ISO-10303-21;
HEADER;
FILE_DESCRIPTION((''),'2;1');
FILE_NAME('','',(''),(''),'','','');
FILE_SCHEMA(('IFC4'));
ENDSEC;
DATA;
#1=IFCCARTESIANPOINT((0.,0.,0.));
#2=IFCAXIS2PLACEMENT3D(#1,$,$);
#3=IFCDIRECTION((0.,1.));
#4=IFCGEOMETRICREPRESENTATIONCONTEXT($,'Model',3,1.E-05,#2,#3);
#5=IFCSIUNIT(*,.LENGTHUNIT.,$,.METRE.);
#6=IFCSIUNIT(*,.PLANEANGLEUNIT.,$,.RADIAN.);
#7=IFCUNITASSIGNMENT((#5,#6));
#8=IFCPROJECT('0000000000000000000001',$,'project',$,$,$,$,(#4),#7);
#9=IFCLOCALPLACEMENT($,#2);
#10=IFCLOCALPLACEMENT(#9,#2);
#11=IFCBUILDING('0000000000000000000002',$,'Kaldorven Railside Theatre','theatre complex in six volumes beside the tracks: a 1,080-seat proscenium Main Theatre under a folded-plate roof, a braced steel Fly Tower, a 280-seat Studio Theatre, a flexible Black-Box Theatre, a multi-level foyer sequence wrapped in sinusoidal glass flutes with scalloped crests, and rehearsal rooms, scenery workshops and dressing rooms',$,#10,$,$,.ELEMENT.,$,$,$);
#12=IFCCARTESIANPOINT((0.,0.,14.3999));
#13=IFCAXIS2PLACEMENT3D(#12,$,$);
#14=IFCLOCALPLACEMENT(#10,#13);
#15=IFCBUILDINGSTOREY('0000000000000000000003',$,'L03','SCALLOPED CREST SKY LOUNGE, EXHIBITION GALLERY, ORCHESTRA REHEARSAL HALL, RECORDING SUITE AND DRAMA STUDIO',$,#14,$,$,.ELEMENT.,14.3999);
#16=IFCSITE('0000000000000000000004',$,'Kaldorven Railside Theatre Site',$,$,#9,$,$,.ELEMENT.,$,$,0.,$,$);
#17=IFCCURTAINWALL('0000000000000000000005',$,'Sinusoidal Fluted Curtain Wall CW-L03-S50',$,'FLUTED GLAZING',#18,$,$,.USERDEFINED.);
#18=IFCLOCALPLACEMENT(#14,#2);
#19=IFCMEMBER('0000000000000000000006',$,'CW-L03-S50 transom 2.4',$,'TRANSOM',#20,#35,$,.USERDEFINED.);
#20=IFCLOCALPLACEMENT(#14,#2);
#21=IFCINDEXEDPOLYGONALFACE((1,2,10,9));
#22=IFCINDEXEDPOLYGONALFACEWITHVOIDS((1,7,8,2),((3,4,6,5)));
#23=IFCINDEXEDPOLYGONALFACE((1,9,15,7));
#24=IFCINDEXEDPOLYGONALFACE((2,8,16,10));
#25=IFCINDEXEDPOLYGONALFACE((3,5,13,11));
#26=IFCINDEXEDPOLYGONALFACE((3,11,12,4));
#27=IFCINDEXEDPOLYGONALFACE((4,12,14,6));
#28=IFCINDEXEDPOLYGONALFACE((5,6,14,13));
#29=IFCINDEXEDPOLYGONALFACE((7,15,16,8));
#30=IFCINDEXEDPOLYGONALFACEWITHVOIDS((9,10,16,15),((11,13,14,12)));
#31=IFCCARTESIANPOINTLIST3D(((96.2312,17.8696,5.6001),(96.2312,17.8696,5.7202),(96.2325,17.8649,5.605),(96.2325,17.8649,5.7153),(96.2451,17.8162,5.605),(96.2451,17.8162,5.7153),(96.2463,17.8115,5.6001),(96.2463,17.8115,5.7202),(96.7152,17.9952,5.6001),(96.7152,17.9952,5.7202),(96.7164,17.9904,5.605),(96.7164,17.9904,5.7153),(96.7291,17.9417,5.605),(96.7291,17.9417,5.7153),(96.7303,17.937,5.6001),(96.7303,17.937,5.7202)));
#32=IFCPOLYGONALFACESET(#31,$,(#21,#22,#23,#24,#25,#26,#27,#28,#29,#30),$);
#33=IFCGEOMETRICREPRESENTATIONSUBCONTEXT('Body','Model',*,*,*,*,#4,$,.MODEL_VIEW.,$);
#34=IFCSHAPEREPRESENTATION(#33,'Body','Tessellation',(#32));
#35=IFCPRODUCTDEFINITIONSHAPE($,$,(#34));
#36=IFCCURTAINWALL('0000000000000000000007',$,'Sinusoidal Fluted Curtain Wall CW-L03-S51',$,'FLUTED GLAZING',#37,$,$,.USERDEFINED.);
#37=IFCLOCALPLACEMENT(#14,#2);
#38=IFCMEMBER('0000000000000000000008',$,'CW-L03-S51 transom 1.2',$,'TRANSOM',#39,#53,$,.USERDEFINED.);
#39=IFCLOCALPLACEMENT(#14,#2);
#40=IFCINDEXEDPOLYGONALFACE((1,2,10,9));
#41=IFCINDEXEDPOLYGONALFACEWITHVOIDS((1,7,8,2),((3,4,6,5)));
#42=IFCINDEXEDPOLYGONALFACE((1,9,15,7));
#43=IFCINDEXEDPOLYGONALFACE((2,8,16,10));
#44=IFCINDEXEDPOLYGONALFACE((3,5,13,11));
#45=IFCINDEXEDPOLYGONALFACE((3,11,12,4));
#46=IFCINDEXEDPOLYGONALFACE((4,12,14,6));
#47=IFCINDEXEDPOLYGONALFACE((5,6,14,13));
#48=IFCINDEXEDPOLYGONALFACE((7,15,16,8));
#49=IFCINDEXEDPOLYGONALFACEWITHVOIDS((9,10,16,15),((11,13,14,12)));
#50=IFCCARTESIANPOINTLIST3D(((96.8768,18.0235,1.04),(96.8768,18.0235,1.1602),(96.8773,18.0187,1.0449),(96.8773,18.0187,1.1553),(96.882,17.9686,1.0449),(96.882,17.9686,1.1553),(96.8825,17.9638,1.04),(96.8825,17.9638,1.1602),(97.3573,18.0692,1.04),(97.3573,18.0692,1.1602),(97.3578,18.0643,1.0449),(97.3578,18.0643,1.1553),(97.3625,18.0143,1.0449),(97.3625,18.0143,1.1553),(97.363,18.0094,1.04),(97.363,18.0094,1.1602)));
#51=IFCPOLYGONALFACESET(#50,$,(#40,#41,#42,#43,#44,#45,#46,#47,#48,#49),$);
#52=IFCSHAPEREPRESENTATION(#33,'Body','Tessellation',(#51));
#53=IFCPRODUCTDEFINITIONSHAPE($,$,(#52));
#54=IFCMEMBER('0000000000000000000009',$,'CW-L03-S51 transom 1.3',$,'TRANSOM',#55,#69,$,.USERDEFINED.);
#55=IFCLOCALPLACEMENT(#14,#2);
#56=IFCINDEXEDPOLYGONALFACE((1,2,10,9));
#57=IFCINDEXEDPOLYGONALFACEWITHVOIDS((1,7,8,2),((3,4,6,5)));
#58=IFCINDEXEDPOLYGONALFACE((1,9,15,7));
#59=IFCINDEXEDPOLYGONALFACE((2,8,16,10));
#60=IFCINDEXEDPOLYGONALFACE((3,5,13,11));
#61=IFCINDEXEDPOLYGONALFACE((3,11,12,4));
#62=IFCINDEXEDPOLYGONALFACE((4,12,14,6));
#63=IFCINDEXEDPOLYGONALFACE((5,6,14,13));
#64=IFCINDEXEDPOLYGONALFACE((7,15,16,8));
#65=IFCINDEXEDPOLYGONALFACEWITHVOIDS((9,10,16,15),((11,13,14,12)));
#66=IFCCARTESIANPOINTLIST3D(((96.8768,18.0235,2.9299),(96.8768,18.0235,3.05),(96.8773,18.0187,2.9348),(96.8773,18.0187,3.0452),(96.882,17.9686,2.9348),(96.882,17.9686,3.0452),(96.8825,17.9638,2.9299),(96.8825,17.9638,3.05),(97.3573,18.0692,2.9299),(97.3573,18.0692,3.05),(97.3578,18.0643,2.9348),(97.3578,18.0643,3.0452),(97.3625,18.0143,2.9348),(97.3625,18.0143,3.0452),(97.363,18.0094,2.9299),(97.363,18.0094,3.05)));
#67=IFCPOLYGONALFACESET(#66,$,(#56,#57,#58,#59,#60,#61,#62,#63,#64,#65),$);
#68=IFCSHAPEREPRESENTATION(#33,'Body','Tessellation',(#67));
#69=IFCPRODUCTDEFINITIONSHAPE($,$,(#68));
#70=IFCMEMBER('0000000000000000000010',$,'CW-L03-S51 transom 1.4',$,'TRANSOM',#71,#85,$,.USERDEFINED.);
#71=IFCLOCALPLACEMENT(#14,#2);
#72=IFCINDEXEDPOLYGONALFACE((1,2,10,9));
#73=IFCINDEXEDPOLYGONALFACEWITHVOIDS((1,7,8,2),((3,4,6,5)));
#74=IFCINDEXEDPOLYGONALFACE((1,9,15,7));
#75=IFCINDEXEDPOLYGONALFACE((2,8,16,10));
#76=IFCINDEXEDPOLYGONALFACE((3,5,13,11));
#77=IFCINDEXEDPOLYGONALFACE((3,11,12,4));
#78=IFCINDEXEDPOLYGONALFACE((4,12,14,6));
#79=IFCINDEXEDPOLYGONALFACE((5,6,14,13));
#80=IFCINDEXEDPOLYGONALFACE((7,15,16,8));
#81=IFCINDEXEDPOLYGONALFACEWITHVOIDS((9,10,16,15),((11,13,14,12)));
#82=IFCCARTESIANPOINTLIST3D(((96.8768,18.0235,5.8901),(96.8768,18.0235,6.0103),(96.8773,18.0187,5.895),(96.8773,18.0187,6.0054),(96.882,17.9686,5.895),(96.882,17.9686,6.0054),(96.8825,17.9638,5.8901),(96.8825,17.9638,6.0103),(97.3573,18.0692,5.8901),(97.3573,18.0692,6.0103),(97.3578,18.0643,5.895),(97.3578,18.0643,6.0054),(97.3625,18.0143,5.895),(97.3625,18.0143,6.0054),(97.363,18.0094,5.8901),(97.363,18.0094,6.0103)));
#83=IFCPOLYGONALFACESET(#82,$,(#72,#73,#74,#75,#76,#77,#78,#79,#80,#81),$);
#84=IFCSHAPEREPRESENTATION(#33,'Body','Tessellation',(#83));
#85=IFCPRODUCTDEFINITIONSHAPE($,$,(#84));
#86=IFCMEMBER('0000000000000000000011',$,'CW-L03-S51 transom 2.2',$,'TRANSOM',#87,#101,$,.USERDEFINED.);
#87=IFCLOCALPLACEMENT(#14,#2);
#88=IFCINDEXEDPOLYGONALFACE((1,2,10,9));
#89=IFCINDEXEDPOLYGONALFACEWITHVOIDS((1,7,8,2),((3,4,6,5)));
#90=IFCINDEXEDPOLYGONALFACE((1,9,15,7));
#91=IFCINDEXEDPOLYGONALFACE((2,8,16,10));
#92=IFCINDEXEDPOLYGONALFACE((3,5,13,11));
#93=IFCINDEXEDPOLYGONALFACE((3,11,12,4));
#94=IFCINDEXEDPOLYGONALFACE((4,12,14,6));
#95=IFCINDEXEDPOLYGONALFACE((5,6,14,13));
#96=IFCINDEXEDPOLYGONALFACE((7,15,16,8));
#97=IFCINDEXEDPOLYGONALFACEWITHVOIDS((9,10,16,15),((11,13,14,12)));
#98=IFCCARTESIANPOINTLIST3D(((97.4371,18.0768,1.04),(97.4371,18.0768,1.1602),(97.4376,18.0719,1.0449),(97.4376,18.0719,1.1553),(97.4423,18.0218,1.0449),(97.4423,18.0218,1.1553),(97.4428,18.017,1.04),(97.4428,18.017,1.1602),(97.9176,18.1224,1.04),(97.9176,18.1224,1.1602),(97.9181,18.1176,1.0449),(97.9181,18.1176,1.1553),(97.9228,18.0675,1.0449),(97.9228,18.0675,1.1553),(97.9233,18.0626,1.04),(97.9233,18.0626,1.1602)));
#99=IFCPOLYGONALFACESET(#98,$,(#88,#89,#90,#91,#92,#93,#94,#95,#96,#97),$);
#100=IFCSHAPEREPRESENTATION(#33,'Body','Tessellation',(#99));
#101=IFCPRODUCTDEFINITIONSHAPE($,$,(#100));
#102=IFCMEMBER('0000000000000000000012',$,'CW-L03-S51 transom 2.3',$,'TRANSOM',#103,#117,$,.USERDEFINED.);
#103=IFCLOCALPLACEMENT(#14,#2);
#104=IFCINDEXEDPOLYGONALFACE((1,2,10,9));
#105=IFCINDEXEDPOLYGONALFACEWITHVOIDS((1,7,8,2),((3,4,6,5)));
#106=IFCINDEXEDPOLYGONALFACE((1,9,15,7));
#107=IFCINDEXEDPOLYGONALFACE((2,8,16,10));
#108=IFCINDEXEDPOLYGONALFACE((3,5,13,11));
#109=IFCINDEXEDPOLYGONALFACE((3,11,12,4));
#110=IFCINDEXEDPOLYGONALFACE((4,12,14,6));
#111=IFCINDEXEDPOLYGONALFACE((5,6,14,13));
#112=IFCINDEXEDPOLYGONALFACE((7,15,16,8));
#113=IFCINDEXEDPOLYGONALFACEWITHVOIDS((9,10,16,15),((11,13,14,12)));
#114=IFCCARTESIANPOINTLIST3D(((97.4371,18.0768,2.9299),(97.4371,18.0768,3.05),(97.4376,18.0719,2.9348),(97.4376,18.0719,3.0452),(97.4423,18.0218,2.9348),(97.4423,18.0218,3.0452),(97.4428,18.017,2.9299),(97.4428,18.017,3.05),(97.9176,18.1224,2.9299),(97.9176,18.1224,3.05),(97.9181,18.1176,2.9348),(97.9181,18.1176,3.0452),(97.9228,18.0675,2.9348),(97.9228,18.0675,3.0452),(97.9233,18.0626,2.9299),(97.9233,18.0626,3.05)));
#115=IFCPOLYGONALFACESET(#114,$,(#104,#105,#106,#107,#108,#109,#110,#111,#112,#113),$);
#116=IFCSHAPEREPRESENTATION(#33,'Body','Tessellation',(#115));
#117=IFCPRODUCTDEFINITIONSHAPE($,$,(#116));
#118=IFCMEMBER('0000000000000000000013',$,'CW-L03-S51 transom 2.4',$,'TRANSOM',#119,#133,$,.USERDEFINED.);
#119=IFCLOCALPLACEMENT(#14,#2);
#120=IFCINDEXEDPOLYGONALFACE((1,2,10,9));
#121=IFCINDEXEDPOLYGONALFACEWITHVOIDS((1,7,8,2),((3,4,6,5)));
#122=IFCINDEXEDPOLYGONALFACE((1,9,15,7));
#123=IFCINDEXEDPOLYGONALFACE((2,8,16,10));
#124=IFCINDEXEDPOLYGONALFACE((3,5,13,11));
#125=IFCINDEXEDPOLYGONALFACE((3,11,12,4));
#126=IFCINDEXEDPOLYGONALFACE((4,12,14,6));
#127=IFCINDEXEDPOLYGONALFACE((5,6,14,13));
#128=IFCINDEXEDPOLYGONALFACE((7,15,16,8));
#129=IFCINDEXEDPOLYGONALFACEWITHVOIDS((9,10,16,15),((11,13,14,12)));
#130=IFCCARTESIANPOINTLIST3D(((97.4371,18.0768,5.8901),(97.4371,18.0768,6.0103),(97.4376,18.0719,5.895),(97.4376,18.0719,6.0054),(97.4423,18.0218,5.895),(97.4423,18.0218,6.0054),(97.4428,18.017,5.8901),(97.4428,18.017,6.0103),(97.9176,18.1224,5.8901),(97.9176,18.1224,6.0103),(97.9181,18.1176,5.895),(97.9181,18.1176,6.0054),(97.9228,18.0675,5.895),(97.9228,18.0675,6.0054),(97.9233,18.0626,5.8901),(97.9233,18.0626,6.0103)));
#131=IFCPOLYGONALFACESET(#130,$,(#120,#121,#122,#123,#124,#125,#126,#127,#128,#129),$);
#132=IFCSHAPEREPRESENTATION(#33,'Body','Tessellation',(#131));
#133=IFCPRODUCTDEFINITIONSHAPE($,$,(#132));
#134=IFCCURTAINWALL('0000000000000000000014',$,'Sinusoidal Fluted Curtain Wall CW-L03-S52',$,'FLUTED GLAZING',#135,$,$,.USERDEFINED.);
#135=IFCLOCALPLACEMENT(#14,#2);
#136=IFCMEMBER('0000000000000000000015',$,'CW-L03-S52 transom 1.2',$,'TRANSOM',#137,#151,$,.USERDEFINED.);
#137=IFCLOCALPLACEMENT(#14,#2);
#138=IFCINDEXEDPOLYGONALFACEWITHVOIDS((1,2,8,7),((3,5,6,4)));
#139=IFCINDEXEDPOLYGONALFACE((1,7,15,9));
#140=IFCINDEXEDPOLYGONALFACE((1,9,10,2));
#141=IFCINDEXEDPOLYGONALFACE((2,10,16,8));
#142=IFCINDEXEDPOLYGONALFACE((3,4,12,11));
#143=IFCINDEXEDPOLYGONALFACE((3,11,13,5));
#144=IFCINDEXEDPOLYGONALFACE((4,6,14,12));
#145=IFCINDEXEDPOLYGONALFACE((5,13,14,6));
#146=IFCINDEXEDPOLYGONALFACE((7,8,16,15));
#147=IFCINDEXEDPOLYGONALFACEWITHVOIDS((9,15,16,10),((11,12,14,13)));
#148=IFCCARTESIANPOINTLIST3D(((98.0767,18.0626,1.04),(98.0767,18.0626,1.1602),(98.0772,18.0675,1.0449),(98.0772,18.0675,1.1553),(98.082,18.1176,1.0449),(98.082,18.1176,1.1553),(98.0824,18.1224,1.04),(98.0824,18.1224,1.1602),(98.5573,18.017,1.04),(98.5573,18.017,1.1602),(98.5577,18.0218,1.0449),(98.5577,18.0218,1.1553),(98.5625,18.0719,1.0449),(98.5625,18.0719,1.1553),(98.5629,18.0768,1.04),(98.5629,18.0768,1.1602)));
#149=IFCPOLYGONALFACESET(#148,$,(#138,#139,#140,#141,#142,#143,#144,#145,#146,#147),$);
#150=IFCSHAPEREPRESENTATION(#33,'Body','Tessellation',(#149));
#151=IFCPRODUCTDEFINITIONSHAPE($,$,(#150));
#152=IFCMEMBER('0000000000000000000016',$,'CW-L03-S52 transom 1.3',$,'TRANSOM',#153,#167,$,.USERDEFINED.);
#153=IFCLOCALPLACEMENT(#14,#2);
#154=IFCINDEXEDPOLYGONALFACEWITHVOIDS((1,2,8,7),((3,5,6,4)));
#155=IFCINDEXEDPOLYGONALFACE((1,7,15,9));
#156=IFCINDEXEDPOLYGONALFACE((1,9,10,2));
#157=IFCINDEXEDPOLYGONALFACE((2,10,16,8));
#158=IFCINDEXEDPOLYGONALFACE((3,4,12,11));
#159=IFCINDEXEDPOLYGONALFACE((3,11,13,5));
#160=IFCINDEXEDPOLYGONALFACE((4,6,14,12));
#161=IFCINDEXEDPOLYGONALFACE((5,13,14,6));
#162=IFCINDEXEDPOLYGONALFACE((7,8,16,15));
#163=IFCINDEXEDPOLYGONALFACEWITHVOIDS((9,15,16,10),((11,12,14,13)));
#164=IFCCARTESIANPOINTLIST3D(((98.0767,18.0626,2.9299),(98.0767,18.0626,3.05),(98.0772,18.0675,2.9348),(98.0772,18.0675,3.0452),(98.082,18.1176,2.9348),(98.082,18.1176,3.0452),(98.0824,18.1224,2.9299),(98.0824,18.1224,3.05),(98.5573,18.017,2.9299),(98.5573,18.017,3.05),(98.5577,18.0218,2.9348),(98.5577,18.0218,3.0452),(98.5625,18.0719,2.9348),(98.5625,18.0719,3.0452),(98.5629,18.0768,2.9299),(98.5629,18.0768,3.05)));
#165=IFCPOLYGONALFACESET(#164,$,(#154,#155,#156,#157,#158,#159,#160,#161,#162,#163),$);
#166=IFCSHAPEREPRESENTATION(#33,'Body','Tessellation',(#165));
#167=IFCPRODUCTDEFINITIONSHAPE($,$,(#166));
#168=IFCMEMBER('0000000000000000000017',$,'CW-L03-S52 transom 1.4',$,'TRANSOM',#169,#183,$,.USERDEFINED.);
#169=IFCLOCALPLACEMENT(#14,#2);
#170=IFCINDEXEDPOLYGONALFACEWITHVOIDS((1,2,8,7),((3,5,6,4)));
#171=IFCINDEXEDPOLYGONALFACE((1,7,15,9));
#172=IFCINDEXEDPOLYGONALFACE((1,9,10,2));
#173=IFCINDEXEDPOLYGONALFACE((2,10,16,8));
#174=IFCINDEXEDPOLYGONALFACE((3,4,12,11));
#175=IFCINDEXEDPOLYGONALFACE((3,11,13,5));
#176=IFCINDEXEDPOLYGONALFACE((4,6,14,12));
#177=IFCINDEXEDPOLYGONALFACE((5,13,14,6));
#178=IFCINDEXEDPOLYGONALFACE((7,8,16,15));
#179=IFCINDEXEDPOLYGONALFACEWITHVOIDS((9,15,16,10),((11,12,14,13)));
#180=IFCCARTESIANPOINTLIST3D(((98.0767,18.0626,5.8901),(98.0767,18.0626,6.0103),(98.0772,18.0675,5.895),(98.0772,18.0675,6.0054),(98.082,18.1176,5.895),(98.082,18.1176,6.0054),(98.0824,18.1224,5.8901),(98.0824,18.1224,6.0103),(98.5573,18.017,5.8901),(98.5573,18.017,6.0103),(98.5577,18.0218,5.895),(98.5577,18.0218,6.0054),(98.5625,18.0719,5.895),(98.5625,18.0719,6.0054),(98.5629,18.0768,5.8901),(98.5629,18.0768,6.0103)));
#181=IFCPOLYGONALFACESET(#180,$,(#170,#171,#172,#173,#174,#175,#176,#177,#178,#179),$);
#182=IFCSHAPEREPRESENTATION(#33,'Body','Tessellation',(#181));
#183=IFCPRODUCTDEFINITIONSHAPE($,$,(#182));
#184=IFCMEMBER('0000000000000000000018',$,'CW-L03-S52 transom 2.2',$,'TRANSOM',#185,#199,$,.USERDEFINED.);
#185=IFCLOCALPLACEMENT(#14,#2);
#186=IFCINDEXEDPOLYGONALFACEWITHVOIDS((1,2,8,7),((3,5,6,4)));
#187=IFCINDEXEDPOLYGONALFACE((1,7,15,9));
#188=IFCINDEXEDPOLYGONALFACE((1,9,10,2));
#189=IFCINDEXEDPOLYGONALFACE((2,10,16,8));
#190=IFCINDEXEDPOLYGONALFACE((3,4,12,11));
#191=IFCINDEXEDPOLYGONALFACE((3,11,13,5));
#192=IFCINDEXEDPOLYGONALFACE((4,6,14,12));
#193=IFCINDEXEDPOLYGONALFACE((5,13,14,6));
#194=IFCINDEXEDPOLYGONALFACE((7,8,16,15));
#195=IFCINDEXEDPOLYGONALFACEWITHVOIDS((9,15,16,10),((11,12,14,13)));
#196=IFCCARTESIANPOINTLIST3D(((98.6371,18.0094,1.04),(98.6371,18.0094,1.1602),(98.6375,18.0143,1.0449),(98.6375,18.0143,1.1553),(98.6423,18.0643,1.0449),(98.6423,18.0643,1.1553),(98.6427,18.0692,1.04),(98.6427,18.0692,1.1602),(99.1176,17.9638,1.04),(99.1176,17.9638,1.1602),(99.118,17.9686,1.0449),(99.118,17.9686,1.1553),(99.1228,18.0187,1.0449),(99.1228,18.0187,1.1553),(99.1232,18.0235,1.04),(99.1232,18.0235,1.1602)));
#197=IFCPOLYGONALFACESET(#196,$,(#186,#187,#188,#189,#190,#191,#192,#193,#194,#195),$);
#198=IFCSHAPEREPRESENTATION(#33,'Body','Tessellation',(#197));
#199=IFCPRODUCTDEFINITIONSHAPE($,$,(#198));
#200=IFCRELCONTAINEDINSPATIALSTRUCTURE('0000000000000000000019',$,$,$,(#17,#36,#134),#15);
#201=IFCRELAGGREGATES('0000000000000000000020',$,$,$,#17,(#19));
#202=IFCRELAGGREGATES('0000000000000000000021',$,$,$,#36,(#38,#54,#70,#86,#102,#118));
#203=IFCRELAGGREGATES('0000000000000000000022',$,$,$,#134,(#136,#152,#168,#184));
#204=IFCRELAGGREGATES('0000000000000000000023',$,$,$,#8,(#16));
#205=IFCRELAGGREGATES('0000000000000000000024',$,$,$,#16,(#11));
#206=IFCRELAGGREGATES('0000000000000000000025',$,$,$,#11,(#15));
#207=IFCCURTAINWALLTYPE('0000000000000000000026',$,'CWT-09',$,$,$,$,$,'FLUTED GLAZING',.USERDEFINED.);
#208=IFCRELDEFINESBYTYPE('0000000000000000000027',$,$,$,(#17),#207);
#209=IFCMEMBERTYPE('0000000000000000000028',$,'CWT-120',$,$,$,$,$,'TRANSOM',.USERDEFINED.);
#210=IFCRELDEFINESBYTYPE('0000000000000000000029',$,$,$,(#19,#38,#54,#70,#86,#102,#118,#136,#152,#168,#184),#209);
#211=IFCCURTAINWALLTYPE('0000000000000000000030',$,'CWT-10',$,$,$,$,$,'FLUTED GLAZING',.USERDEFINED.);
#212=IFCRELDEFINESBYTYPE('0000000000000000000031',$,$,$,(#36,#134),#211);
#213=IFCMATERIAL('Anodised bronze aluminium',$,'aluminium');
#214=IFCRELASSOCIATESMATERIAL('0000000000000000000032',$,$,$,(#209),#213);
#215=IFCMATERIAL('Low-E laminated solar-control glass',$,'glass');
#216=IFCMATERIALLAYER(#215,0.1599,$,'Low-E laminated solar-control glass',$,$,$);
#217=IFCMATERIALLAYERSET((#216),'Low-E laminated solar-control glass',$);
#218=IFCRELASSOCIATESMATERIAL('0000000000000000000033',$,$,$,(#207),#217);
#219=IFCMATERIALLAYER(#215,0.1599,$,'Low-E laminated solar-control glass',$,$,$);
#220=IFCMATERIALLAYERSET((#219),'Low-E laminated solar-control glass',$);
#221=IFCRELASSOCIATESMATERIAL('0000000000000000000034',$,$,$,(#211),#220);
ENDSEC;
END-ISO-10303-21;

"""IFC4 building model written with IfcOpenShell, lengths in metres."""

from ifc_helpers import new_model, si_unit, direction, frame, origin, origin_2d, place, context, subcontext, project, spatial, hollow_rectangle, extrude, material, layer, layer_set, material_profile, profile_set, type_object, element, aggregate, save


model = new_model("IFC4")

# Units and contexts
model_context = context("Model", 3, precision=1e-05, world=origin(), true_north=direction((0.0, 1.0)))
body_context = subcontext(model_context, "Body", "Model", "MODEL_VIEW")
ifc_project = project(units=[si_unit("LENGTHUNIT", "METRE"), si_unit("PLANEANGLEUNIT", "RADIAN")], contexts=[model_context])

# Site, building, storey
site_placement = place(None, origin())
site = spatial("IfcSite", under=ifc_project, at=site_placement, Name="Kaldorven Railside Theatre Site", CompositionType="ELEMENT", RefElevation=0.0)
building_placement = place(site_placement, origin())
building = spatial("IfcBuilding", under=site, at=building_placement, Name="Kaldorven Railside Theatre", Description="theatre complex in six volumes beside the tracks: a 1,080-seat proscenium Main Theatre under a folded-plate roof, a braced steel Fly Tower, a 280-seat Studio Theatre, a flexible Black-Box Theatre, a multi-level foyer sequence wrapped in sinusoidal glass flutes with scalloped crests, and rehearsal rooms, scenery workshops and dressing rooms", CompositionType="ELEMENT")
storey_placement = place(building_placement, frame((0.0, 0.0, 14.3999)))
storey = spatial("IfcBuildingStorey", under=building, at=storey_placement, Name="L03", Description="SCALLOPED CREST SKY LOUNGE, EXHIBITION GALLERY, ORCHESTRA REHEARSAL HALL, RECORDING SUITE AND DRAMA STUDIO", CompositionType="ELEMENT", Elevation=14.3999)

# Curtain walls, members
ifc_material_1 = material(Name="Low-E laminated solar-control glass", Category="glass")
ifc_material_2 = material(Name="Anodised bronze aluminium", Category="aluminium")
ifc_material_profile = material_profile(ifc_material_2, hollow_rectangle(XDim=0.0601, YDim=0.1201, WallThickness=0.0049, at=origin_2d()), Name="RHS 120x60x5")
ifc_profile_set = profile_set([ifc_material_profile], Name="Anodised bronze aluminium")
member_type = type_object("IfcMemberType", Name="CWT-120", ElementType="TRANSOM", PredefinedType="USERDEFINED", material=ifc_profile_set)
ifc_layer_1 = layer(ifc_material_1, 0.1599, Name="Low-E laminated solar-control glass")
ifc_layer_set_1 = layer_set([ifc_layer_1], Name="Low-E laminated solar-control glass")
curtain_wall_type_1 = type_object("IfcCurtainWallType", Name="CWT-09", ElementType="FLUTED GLAZING", PredefinedType="USERDEFINED", material=ifc_layer_set_1)
curtain_wall_1_placement = place(storey_placement, origin())
curtain_wall_1 = element("IfcCurtainWall", 1, at=curtain_wall_1_placement, inside=storey, type_object=curtain_wall_type_1, Name="Sinusoidal Fluted Curtain Wall CW-L03-S50", ObjectType="FLUTED GLAZING", PredefinedType="USERDEFINED")
member_1_placement = place(storey_placement, frame((96.2388, 17.8406, 5.6602), z_axis=(0.967979, 0.25103, 0.0), x_axis=(-0.25103, 0.967979, 0.0)))
member_1 = element("IfcMember", 2, at=member_1_placement, type_object=member_type, Name="CW-L03-S50 transom 2.4", ObjectType="TRANSOM", PredefinedType="USERDEFINED", context=body_context, shape_type="SweptSolid", body=[
    extrude(hollow_rectangle(XDim=0.0601, YDim=0.1201, WallThickness=0.0049, at=origin_2d()), origin(), (0.0, 0.0, 1.0), 0.5),
])
ifc_layer_2 = layer(ifc_material_1, 0.1599, Name="Low-E laminated solar-control glass")
ifc_layer_set_2 = layer_set([ifc_layer_2], Name="Low-E laminated solar-control glass")
curtain_wall_type_2 = type_object("IfcCurtainWallType", Name="CWT-10", ElementType="FLUTED GLAZING", PredefinedType="USERDEFINED", material=ifc_layer_set_2)
curtain_wall_2_placement = place(storey_placement, origin())
curtain_wall_2 = element("IfcCurtainWall", 3, at=curtain_wall_2_placement, inside=storey, type_object=curtain_wall_type_2, Name="Sinusoidal Fluted Curtain Wall CW-L03-S51", ObjectType="FLUTED GLAZING", PredefinedType="USERDEFINED")
member_2_placement = place(storey_placement, frame((96.8796, 17.9937, 1.1001), z_axis=(0.995516, 0.094594, 0.0), x_axis=(-0.094594, 0.995516, 0.0)))
member_2 = element("IfcMember", 4, at=member_2_placement, type_object=member_type, Name="CW-L03-S51 transom 1.2", ObjectType="TRANSOM", PredefinedType="USERDEFINED", context=body_context, shape_type="SweptSolid", body=[
    extrude(hollow_rectangle(XDim=0.0601, YDim=0.1201, WallThickness=0.0049, at=origin_2d()), origin(), (0.0, 0.0, 1.0), 0.4827),
])
member_3_placement = place(storey_placement, frame((96.8796, 17.9937, 2.99), z_axis=(0.995516, 0.094594, 0.0), x_axis=(-0.094594, 0.995516, 0.0)))
member_3 = element("IfcMember", 5, at=member_3_placement, type_object=member_type, Name="CW-L03-S51 transom 1.3", ObjectType="TRANSOM", PredefinedType="USERDEFINED", context=body_context, shape_type="SweptSolid", body=[
    extrude(hollow_rectangle(XDim=0.0601, YDim=0.1201, WallThickness=0.0049, at=origin_2d()), origin(), (0.0, 0.0, 1.0), 0.4827),
])
member_4_placement = place(storey_placement, frame((96.8796, 17.9937, 5.9502), z_axis=(0.995516, 0.094594, 0.0), x_axis=(-0.094594, 0.995516, 0.0)))
member_4 = element("IfcMember", 6, at=member_4_placement, type_object=member_type, Name="CW-L03-S51 transom 1.4", ObjectType="TRANSOM", PredefinedType="USERDEFINED", context=body_context, shape_type="SweptSolid", body=[
    extrude(hollow_rectangle(XDim=0.0601, YDim=0.1201, WallThickness=0.0049, at=origin_2d()), origin(), (0.0, 0.0, 1.0), 0.4827),
])
member_5_placement = place(storey_placement, frame((97.4399, 18.0469, 1.1001), z_axis=(0.995516, 0.094594, 0.0), x_axis=(-0.094594, 0.995516, 0.0)))
member_5 = element("IfcMember", 7, at=member_5_placement, type_object=member_type, Name="CW-L03-S51 transom 2.2", ObjectType="TRANSOM", PredefinedType="USERDEFINED", context=body_context, shape_type="SweptSolid", body=[
    extrude(hollow_rectangle(XDim=0.0601, YDim=0.1201, WallThickness=0.0049, at=origin_2d()), origin(), (0.0, 0.0, 1.0), 0.4827),
])
member_6_placement = place(storey_placement, frame((97.4399, 18.0469, 2.99), z_axis=(0.995516, 0.094594, 0.0), x_axis=(-0.094594, 0.995516, 0.0)))
member_6 = element("IfcMember", 8, at=member_6_placement, type_object=member_type, Name="CW-L03-S51 transom 2.3", ObjectType="TRANSOM", PredefinedType="USERDEFINED", context=body_context, shape_type="SweptSolid", body=[
    extrude(hollow_rectangle(XDim=0.0601, YDim=0.1201, WallThickness=0.0049, at=origin_2d()), origin(), (0.0, 0.0, 1.0), 0.4827),
])
member_7_placement = place(storey_placement, frame((97.4399, 18.0469, 5.9502), z_axis=(0.995516, 0.094594, 0.0), x_axis=(-0.094594, 0.995516, 0.0)))
member_7 = element("IfcMember", 9, at=member_7_placement, type_object=member_type, Name="CW-L03-S51 transom 2.4", ObjectType="TRANSOM", PredefinedType="USERDEFINED", context=body_context, shape_type="SweptSolid", body=[
    extrude(hollow_rectangle(XDim=0.0601, YDim=0.1201, WallThickness=0.0049, at=origin_2d()), origin(), (0.0, 0.0, 1.0), 0.4827),
])
curtain_wall_3_placement = place(storey_placement, origin())
curtain_wall_3 = element("IfcCurtainWall", 10, at=curtain_wall_3_placement, inside=storey, type_object=curtain_wall_type_2, Name="Sinusoidal Fluted Curtain Wall CW-L03-S52", ObjectType="FLUTED GLAZING", PredefinedType="USERDEFINED")
member_8_placement = place(storey_placement, frame((98.0796, 18.0925, 1.1001), z_axis=(0.995516, -0.094594, 0.0), x_axis=(0.094594, 0.995516, 0.0)))
member_8 = element("IfcMember", 11, at=member_8_placement, type_object=member_type, Name="CW-L03-S52 transom 1.2", ObjectType="TRANSOM", PredefinedType="USERDEFINED", context=body_context, shape_type="SweptSolid", body=[
    extrude(hollow_rectangle(XDim=0.0601, YDim=0.1201, WallThickness=0.0049, at=origin_2d()), origin(), (0.0, 0.0, 1.0), 0.4827),
])
member_9_placement = place(storey_placement, frame((98.0796, 18.0925, 2.99), z_axis=(0.995516, -0.094594, 0.0), x_axis=(0.094594, 0.995516, 0.0)))
member_9 = element("IfcMember", 12, at=member_9_placement, type_object=member_type, Name="CW-L03-S52 transom 1.3", ObjectType="TRANSOM", PredefinedType="USERDEFINED", context=body_context, shape_type="SweptSolid", body=[
    extrude(hollow_rectangle(XDim=0.0601, YDim=0.1201, WallThickness=0.0049, at=origin_2d()), origin(), (0.0, 0.0, 1.0), 0.4827),
])
member_10_placement = place(storey_placement, frame((98.0796, 18.0925, 5.9502), z_axis=(0.995516, -0.094594, 0.0), x_axis=(0.094594, 0.995516, 0.0)))
member_10 = element("IfcMember", 13, at=member_10_placement, type_object=member_type, Name="CW-L03-S52 transom 1.4", ObjectType="TRANSOM", PredefinedType="USERDEFINED", context=body_context, shape_type="SweptSolid", body=[
    extrude(hollow_rectangle(XDim=0.0601, YDim=0.1201, WallThickness=0.0049, at=origin_2d()), origin(), (0.0, 0.0, 1.0), 0.4827),
])
member_11_placement = place(storey_placement, frame((98.6399, 18.0393, 1.1001), z_axis=(0.995516, -0.094594, 0.0), x_axis=(0.094594, 0.995516, 0.0)))
member_11 = element("IfcMember", 14, at=member_11_placement, type_object=member_type, Name="CW-L03-S52 transom 2.2", ObjectType="TRANSOM", PredefinedType="USERDEFINED", context=body_context, shape_type="SweptSolid", body=[
    extrude(hollow_rectangle(XDim=0.0601, YDim=0.1201, WallThickness=0.0049, at=origin_2d()), origin(), (0.0, 0.0, 1.0), 0.4827),
])

aggregate(curtain_wall_1, [member_1])
aggregate(curtain_wall_2, [member_2, member_3, member_4, member_5, member_6, member_7])
aggregate(curtain_wall_3, [member_8, member_9, member_10, member_11])

save(model, "model.ifc")
